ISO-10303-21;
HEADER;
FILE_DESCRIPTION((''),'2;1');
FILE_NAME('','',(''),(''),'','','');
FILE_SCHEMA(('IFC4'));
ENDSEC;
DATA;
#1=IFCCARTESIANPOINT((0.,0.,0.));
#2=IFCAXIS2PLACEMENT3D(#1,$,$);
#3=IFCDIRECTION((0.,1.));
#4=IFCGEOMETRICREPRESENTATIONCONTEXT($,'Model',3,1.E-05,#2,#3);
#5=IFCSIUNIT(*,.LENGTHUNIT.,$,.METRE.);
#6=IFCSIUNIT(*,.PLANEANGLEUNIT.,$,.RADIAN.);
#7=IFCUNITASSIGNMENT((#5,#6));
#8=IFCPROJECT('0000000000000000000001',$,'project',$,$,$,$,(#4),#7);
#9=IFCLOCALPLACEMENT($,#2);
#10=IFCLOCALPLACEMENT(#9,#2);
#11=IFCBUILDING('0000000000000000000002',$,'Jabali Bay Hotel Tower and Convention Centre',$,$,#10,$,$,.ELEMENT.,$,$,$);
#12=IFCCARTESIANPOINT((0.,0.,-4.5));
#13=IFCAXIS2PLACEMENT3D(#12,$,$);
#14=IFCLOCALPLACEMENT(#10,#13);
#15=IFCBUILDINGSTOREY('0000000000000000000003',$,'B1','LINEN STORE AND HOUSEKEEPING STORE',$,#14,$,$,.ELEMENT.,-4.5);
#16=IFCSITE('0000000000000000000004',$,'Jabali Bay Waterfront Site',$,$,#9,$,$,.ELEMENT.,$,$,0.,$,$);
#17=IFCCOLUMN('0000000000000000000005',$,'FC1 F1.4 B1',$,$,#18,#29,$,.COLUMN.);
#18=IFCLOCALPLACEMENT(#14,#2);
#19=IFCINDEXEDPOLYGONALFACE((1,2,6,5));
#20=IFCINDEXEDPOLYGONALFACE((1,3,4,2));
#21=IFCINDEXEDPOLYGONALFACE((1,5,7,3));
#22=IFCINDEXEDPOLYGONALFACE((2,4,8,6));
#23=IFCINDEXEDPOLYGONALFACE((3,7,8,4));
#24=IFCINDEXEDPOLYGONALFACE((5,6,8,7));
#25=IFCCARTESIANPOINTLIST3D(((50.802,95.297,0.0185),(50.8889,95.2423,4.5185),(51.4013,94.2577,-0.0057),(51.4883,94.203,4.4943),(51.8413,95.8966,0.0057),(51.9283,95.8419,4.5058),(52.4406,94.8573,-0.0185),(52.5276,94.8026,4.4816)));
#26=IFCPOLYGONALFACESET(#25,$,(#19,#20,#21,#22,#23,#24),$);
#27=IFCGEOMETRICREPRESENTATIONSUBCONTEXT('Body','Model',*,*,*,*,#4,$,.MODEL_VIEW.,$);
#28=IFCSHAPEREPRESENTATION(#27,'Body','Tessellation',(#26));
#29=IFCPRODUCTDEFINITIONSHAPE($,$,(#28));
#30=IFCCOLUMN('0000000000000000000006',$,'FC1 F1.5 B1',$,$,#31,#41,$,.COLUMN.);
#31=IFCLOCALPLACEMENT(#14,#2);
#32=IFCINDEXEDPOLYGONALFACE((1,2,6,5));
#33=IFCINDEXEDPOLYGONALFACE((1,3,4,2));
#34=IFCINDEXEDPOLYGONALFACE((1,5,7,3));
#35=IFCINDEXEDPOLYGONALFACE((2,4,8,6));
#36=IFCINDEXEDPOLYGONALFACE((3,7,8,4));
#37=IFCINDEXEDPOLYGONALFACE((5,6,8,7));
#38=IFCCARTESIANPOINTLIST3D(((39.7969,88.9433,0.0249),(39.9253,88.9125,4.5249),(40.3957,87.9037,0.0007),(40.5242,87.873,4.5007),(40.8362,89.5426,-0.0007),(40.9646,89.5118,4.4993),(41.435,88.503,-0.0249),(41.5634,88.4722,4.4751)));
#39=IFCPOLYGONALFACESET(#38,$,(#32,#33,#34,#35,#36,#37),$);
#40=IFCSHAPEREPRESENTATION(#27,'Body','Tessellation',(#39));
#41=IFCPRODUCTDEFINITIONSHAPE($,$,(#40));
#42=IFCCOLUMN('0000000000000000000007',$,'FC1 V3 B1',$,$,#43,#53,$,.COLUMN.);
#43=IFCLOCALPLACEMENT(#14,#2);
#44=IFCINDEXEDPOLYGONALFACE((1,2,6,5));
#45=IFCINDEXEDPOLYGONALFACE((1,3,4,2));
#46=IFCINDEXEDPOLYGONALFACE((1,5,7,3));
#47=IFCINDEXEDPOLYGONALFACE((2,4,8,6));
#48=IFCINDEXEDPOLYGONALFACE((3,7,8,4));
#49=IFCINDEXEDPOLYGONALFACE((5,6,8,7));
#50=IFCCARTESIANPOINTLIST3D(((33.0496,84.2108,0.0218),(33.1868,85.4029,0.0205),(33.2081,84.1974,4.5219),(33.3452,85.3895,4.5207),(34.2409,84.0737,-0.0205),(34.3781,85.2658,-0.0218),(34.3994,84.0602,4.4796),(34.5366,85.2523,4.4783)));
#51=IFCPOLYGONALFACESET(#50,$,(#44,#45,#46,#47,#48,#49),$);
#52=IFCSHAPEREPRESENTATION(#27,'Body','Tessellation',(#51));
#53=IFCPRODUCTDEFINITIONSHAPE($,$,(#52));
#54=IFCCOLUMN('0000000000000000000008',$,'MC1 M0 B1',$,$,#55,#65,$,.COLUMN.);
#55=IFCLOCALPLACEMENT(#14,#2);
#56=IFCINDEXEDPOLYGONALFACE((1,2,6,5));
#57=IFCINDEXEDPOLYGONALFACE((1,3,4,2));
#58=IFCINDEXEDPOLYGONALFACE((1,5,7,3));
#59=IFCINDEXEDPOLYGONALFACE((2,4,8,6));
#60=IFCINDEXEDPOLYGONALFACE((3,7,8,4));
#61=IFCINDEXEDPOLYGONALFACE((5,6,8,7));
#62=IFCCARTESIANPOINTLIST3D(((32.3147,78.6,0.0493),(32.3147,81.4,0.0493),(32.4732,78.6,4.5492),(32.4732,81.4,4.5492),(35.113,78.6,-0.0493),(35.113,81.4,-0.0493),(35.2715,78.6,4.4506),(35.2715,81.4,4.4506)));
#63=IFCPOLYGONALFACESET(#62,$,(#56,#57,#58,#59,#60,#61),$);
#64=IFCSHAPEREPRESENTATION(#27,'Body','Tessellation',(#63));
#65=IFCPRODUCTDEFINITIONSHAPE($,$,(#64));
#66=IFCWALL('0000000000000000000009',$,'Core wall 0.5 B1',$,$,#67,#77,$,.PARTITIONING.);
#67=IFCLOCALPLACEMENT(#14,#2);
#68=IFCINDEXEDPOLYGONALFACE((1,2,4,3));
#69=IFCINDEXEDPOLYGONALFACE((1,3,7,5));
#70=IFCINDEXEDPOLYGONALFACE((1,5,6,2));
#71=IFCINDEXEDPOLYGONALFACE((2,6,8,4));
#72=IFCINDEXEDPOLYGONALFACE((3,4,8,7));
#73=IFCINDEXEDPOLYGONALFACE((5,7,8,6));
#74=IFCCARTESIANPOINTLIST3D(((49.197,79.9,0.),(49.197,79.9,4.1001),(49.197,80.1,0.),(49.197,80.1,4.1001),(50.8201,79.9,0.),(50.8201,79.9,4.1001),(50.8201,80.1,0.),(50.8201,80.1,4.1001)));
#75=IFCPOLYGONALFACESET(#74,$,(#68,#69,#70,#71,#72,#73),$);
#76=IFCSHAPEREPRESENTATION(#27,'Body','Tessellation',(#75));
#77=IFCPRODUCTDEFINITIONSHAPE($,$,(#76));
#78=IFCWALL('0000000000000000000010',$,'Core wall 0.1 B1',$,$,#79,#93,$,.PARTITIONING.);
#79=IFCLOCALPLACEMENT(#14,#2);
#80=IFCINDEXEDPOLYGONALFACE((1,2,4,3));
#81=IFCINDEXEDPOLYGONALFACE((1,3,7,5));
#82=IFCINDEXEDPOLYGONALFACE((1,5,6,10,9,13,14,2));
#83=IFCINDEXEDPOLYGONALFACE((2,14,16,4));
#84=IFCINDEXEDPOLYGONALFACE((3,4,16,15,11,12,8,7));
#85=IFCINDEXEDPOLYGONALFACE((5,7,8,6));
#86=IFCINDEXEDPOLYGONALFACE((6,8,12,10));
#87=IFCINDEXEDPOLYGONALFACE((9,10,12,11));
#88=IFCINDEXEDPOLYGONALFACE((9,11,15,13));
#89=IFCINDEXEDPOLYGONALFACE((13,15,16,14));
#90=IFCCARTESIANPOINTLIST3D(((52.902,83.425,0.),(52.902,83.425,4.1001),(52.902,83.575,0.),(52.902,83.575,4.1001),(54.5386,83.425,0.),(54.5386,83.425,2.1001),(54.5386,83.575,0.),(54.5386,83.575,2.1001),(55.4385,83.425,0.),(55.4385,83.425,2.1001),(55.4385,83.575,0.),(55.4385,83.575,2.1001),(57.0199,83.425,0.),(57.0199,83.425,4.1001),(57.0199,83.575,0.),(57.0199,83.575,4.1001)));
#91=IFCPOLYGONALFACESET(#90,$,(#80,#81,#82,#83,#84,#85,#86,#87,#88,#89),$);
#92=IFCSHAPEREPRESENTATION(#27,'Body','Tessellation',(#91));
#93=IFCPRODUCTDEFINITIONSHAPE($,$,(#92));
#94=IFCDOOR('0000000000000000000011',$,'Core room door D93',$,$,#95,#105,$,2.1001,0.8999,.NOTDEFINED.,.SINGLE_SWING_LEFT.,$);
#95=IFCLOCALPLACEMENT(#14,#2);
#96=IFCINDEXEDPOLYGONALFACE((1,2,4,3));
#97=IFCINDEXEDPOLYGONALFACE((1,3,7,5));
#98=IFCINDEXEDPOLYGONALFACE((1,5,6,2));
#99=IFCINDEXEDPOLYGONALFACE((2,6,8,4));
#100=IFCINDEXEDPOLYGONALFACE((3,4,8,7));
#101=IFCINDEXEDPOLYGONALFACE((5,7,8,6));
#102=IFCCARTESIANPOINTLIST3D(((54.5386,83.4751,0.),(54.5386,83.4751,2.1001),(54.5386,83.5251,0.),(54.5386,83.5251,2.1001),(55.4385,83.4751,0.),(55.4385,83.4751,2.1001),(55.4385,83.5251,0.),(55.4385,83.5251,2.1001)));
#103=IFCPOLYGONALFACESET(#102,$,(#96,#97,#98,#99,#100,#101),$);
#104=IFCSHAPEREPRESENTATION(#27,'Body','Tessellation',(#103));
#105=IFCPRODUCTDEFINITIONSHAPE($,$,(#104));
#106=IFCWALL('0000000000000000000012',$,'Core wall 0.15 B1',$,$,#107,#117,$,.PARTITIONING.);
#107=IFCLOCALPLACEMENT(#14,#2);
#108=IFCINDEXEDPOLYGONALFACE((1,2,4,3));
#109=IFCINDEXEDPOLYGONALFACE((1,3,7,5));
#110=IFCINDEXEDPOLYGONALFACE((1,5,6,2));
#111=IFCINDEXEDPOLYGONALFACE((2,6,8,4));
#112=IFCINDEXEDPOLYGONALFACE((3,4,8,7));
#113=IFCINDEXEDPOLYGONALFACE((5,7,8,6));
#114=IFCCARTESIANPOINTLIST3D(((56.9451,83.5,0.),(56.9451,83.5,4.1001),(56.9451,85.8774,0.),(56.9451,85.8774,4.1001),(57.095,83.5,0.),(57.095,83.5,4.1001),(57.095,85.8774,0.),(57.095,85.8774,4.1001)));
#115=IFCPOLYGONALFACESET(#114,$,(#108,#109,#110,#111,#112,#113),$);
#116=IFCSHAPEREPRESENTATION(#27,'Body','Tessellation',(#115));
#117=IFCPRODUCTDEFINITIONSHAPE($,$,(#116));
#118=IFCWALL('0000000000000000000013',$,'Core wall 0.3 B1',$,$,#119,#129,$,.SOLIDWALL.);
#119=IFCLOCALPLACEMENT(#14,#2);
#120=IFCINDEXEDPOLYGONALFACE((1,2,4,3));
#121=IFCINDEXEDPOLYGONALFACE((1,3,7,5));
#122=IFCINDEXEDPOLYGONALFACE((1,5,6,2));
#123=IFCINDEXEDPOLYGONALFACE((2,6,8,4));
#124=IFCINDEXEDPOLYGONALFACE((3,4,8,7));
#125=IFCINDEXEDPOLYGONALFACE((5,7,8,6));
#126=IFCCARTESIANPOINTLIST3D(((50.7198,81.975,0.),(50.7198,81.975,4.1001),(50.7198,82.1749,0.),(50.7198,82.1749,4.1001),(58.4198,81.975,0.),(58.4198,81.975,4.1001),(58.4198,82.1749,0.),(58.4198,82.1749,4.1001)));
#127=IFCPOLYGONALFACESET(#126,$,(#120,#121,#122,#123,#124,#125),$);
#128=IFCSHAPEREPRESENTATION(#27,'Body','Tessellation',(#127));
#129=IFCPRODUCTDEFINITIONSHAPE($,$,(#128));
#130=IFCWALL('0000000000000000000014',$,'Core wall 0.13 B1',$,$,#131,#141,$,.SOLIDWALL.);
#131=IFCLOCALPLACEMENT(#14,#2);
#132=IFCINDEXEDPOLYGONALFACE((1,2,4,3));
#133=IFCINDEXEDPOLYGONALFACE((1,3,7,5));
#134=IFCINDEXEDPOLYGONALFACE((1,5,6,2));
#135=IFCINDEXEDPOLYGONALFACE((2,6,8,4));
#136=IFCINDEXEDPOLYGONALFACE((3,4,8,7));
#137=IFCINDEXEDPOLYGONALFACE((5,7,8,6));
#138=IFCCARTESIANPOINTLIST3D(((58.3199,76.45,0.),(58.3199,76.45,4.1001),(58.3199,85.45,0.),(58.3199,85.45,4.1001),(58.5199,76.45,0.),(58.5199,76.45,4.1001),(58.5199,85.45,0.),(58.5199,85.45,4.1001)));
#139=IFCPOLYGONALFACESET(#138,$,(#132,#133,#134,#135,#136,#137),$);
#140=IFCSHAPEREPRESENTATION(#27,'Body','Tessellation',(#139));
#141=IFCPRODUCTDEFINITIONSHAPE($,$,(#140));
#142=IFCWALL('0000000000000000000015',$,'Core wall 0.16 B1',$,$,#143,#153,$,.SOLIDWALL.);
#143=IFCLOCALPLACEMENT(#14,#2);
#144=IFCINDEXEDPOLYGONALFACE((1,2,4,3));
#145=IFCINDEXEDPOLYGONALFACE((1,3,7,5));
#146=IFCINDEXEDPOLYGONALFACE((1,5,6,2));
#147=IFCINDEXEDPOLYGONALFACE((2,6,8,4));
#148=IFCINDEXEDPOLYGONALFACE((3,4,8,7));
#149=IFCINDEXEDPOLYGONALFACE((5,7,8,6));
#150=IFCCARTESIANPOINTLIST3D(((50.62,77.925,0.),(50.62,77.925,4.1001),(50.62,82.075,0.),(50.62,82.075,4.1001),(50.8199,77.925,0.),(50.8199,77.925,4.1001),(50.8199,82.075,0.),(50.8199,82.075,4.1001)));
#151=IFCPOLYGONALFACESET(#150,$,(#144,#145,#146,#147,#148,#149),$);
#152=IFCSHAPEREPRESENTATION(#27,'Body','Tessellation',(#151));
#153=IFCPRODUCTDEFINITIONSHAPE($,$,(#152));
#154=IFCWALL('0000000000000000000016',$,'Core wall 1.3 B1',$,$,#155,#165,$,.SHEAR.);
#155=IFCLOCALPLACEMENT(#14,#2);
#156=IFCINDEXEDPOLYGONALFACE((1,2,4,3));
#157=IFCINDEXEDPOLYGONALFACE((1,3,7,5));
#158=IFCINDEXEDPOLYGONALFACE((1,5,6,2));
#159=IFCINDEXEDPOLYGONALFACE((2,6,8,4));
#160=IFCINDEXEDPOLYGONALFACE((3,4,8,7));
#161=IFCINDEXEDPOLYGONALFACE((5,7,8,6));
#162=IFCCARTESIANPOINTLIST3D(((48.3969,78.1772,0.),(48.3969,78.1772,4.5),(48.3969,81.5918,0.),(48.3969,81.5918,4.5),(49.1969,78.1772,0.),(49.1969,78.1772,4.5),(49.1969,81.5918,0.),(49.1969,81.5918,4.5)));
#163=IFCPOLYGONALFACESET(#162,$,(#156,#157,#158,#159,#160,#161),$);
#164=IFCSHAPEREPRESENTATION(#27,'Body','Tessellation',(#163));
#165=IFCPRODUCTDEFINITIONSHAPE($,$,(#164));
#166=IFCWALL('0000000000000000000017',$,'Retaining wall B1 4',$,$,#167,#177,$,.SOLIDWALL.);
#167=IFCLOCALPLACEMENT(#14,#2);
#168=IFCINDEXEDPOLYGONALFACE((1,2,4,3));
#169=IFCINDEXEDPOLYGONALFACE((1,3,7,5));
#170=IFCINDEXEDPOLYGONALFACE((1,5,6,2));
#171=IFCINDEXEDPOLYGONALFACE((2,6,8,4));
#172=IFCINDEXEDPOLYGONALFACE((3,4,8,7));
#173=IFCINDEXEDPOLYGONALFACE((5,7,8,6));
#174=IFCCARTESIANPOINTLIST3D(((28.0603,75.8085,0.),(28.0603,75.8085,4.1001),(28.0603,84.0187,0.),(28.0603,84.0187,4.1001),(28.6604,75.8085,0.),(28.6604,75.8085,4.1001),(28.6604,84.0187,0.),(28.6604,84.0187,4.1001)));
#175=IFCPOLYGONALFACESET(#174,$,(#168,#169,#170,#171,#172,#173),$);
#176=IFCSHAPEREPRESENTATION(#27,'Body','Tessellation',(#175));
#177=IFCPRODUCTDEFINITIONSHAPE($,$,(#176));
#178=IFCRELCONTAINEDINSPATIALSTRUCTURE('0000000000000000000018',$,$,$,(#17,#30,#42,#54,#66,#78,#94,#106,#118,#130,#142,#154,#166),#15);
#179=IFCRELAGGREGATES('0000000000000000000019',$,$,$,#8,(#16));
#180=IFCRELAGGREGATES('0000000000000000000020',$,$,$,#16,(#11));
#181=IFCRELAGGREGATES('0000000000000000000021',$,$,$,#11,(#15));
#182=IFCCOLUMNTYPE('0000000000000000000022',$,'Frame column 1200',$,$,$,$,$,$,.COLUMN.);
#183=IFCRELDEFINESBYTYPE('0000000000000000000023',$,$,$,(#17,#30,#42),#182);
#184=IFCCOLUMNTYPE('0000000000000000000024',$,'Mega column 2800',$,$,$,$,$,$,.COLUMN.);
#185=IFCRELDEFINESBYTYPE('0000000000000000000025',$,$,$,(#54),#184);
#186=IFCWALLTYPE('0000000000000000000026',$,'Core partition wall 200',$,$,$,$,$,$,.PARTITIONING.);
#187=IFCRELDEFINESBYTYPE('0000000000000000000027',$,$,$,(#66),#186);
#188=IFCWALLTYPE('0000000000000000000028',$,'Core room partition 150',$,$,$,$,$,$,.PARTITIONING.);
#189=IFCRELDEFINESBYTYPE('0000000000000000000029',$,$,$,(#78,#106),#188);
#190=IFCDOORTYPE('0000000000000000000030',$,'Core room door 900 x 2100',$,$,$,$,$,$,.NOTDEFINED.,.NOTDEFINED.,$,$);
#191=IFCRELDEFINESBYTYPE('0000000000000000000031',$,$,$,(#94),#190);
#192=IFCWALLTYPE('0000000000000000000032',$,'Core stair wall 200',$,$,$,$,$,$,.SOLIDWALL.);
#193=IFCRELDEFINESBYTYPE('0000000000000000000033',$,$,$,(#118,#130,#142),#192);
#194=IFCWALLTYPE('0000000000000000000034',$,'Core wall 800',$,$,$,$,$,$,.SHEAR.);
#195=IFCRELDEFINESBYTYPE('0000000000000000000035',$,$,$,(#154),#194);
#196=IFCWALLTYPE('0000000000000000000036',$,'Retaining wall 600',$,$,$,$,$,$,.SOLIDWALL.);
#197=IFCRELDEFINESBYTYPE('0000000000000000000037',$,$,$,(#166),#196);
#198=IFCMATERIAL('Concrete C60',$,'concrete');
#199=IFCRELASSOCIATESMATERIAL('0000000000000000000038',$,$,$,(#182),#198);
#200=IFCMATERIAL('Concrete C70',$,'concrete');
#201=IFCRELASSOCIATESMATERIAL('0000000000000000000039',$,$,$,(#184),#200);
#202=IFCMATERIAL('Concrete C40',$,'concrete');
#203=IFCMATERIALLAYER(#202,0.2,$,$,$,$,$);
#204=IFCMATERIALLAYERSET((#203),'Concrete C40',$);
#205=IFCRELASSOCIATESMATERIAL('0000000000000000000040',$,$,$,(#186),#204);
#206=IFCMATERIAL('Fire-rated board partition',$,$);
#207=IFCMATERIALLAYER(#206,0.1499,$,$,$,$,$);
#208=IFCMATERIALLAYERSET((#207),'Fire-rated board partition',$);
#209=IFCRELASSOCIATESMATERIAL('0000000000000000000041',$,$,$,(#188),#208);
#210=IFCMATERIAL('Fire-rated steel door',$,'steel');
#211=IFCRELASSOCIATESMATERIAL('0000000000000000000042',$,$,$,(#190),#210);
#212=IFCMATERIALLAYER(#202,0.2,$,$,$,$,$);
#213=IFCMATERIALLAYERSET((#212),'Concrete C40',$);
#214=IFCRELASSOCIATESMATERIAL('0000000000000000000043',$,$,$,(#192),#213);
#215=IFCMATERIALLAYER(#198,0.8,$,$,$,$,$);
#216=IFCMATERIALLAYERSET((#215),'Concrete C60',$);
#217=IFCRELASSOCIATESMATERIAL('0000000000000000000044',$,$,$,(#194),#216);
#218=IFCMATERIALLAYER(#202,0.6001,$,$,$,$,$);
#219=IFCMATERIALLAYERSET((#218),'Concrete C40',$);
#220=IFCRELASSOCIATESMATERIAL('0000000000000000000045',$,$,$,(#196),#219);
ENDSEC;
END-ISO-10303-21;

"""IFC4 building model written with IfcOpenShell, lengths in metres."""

from ifc_helpers import new_model, si_unit, direction, frame, frame_2d, origin, origin_2d, place, context, subcontext, project, spatial, rectangle, extrude, material, layer, layer_set, material_profile, profile_set, type_object, element, fill, save


model = new_model("IFC4")

# Units and contexts
model_context = context("Model", 3, precision=1e-05, world=origin(), true_north=direction((0.0, 1.0)))
body_context = subcontext(model_context, "Body", "Model", "MODEL_VIEW")
ifc_project = project(units=[si_unit("LENGTHUNIT", "METRE"), si_unit("PLANEANGLEUNIT", "RADIAN")], contexts=[model_context])

# Site, building, storey
site_placement = place(None, origin())
site = spatial("IfcSite", under=ifc_project, at=site_placement, Name="Jabali Bay Waterfront Site", CompositionType="ELEMENT", RefElevation=0.0)
building_placement = place(site_placement, origin())
building = spatial("IfcBuilding", under=site, at=building_placement, Name="Jabali Bay Hotel Tower and Convention Centre", CompositionType="ELEMENT")
storey_placement = place(building_placement, frame((0.0, 0.0, -4.5)))
storey = spatial("IfcBuildingStorey", under=building, at=storey_placement, Name="B1", Description="LINEN STORE AND HOUSEKEEPING STORE", CompositionType="ELEMENT", Elevation=-4.5)

# Columns
ifc_material_1 = material(Name="Concrete C60", Category="concrete")
ifc_material_profile_1 = material_profile(ifc_material_1, rectangle(XDim=1.2, YDim=1.2, at=origin_2d()), Name="Frame column 1200")
ifc_profile_set_1 = profile_set([ifc_material_profile_1], Name="Concrete C60")
column_type_1 = type_object("IfcColumnType", Name="Frame column 1200", PredefinedType="COLUMN", material=ifc_profile_set_1)
column_1_placement = place(storey_placement, frame((51.6213, 95.0771, 0.0), z_axis=(0.019309, -0.01215, 0.99974), x_axis=(-0.499446, 0.86611, 0.020172)))
element("IfcColumn", 1, at=column_1_placement, inside=storey, type_object=column_type_1, Name="FC1 F1.4 B1", PredefinedType="COLUMN", context=body_context, shape_type="SweptSolid", body=[
    extrude(rectangle(XDim=1.2, YDim=1.2, at=origin_2d()), origin(), (0.0, 0.0, 1.0), 4.5012),
])
column_2_placement = place(storey_placement, frame((40.616, 88.7231, 0.0), z_axis=(0.028525, -0.006833, 0.99957), x_axis=(-0.499038, 0.866346, 0.020163)))
element("IfcColumn", 2, at=column_2_placement, inside=storey, type_object=column_type_1, Name="FC1 F1.5 B1", PredefinedType="COLUMN", context=body_context, shape_type="SweptSolid", body=[
    extrude(rectangle(XDim=1.2, YDim=1.2, at=origin_2d()), origin(), (0.0, 0.0, 1.0), 4.502),
])
column_3_placement = place(storey_placement, frame((33.7139, 84.7383, 0.0), z_axis=(0.035189, -0.002982, 0.999376), x_axis=(-0.992821, 0.114282, 0.035299)))
element("IfcColumn", 3, at=column_3_placement, inside=storey, type_object=column_type_1, Name="FC1 V3 B1", PredefinedType="COLUMN", context=body_context, shape_type="SweptSolid", body=[
    extrude(rectangle(XDim=1.2, YDim=1.2, at=origin_2d()), origin(), (0.0, 0.0, 1.0), 4.5029),
])
ifc_material_2 = material(Name="Concrete C70", Category="concrete")
ifc_material_profile_2 = material_profile(ifc_material_2, rectangle(XDim=2.8, YDim=2.8, at=origin_2d()), Name="Mega column 2800")
ifc_profile_set_2 = profile_set([ifc_material_profile_2], Name="Concrete C70")
column_type_2 = type_object("IfcColumnType", Name="Mega column 2800", PredefinedType="COLUMN", material=ifc_profile_set_2)
column_4_placement = place(storey_placement, frame((33.7139, 80.0, 0.0), z_axis=(0.035189, 0.0, 0.999381), x_axis=(0.0, 1.0, 0.0)))
element("IfcColumn", 4, at=column_4_placement, inside=storey, type_object=column_type_2, Name="MC1 M0 B1", PredefinedType="COLUMN", context=body_context, shape_type="SweptSolid", body=[
    extrude(rectangle(XDim=2.8, YDim=2.8, at=origin_2d()), origin(), (0.0, 0.0, 1.0), 4.5027),
])

# Wall
ifc_material_3 = material(Name="Concrete C40", Category="concrete")
ifc_layer_1 = layer(ifc_material_3, 0.2)
ifc_layer_set_1 = layer_set([ifc_layer_1], Name="Concrete C40")
wall_type_1 = type_object("IfcWallType", Name="Core partition wall 200", PredefinedType="PARTITIONING", material=ifc_layer_set_1)
wall_1_placement = place(storey_placement, frame((50.8201, 80.0, 0.0), z_axis=(0.0, 0.0, 1.0), x_axis=(-1.0, 0.0, 0.0)))
element("IfcWall", 5, at=wall_1_placement, inside=storey, type_object=wall_type_1, Name="Core wall 0.5 B1", PredefinedType="PARTITIONING", context=body_context, shape_type="SweptSolid", body=[
    extrude(rectangle(XDim=1.623, YDim=0.2, at=frame_2d((0.8115, 0.0))), origin(), (0.0, 0.0, 1.0), 4.1001),
])

# Wall, opening, door
ifc_material_4 = material(Name="Fire-rated board partition")
ifc_layer_2 = layer(ifc_material_4, 0.1499)
ifc_layer_set_2 = layer_set([ifc_layer_2], Name="Fire-rated board partition")
wall_type_2 = type_object("IfcWallType", Name="Core room partition 150", PredefinedType="PARTITIONING", material=ifc_layer_set_2)
wall_2_placement = place(storey_placement, frame((57.02, 83.5, 0.0), z_axis=(0.0, 0.0, 1.0), x_axis=(-1.0, 0.0, 0.0)))
wall_2 = element("IfcWall", 6, at=wall_2_placement, inside=storey, type_object=wall_type_2, Name="Core wall 0.1 B1", PredefinedType="PARTITIONING", context=body_context, shape_type="SweptSolid", body=[
    extrude(rectangle(XDim=4.1179, YDim=0.1499, at=frame_2d((2.0591, 0.0))), origin(), (0.0, 0.0, 1.0), 4.1001),
])
opening_placement = place(wall_2_placement, frame((1.5815, 0.0, 0.0)))
opening = element("IfcOpeningElement", 7, at=opening_placement, cuts=wall_2, PredefinedType="OPENING", context=body_context, shape_type="SweptSolid", body=[
    extrude(rectangle(XDim=0.8999, YDim=2.1001, at=frame_2d((0.45, 1.05))), frame((0.0, 0.0854, 0.0), z_axis=(0.0, -1.0, 0.0), x_axis=(1.0, 0.0, 0.0)), (0.0, 0.0, 1.0), 0.1709),
])
ifc_material_5 = material(Name="Fire-rated steel door", Category="steel")
door_type = type_object("IfcDoorType", Name="Core room door 900 x 2100", OperationType="NOTDEFINED", PredefinedType="NOTDEFINED", material=ifc_material_5)
door_placement = place(opening_placement, origin())
door = element("IfcDoor", 8, at=door_placement, inside=storey, type_object=door_type, Name="Core room door D93", OperationType="SINGLE_SWING_LEFT", OverallHeight=2.1001, OverallWidth=0.8999, PredefinedType="NOTDEFINED", context=body_context, shape_type="SweptSolid", body=[
    extrude(rectangle(XDim=0.8999, YDim=2.1001, at=frame_2d((0.45, 1.05))), frame((0.0, 0.0249, 0.0), z_axis=(0.0, -1.0, 0.0), x_axis=(1.0, 0.0, 0.0)), (0.0, 0.0, 1.0), 0.05),
])
fill(opening, door)

# Walls
wall_3_placement = place(storey_placement, frame((57.02, 85.8774, 0.0), z_axis=(0.0, 0.0, 1.0), x_axis=(0.0, -1.0, 0.0)))
element("IfcWall", 9, at=wall_3_placement, inside=storey, type_object=wall_type_2, Name="Core wall 0.15 B1", PredefinedType="PARTITIONING", context=body_context, shape_type="SweptSolid", body=[
    extrude(rectangle(XDim=2.3774, YDim=0.1499, at=frame_2d((1.1887, 0.0))), origin(), (0.0, 0.0, 1.0), 4.1001),
])
ifc_layer_3 = layer(ifc_material_3, 0.2)
ifc_layer_set_3 = layer_set([ifc_layer_3], Name="Concrete C40")
wall_type_3 = type_object("IfcWallType", Name="Core stair wall 200", PredefinedType="SOLIDWALL", material=ifc_layer_set_3)
wall_4_placement = place(storey_placement, frame((58.4199, 82.075, 0.0), z_axis=(0.0, 0.0, 1.0), x_axis=(-1.0, 0.0, 0.0)))
element("IfcWall", 10, at=wall_4_placement, inside=storey, type_object=wall_type_3, Name="Core wall 0.3 B1", PredefinedType="SOLIDWALL", context=body_context, shape_type="SweptSolid", body=[
    extrude(rectangle(XDim=7.7, YDim=0.2, at=frame_2d((3.8501, 0.0))), origin(), (0.0, 0.0, 1.0), 4.1001),
])
wall_5_placement = place(storey_placement, frame((58.4199, 85.45, 0.0), z_axis=(0.0, 0.0, 1.0), x_axis=(0.0, -1.0, 0.0)))
element("IfcWall", 11, at=wall_5_placement, inside=storey, type_object=wall_type_3, Name="Core wall 0.13 B1", PredefinedType="SOLIDWALL", context=body_context, shape_type="SweptSolid", body=[
    extrude(rectangle(XDim=9.0, YDim=0.2, at=frame_2d((4.5, 0.0))), origin(), (0.0, 0.0, 1.0), 4.1001),
])
wall_6_placement = place(storey_placement, frame((50.72, 82.075, 0.0), z_axis=(0.0, 0.0, 1.0), x_axis=(0.0, -1.0, 0.0)))
element("IfcWall", 12, at=wall_6_placement, inside=storey, type_object=wall_type_3, Name="Core wall 0.16 B1", PredefinedType="SOLIDWALL", context=body_context, shape_type="SweptSolid", body=[
    extrude(rectangle(XDim=4.1499, YDim=0.2, at=frame_2d((2.075, 0.0))), origin(), (0.0, 0.0, 1.0), 4.1001),
])
ifc_layer_4 = layer(ifc_material_1, 0.8)
ifc_layer_set_4 = layer_set([ifc_layer_4], Name="Concrete C60")
wall_type_4 = type_object("IfcWallType", Name="Core wall 800", PredefinedType="SHEAR", material=ifc_layer_set_4)
wall_7_placement = place(storey_placement, frame((48.7969, 81.5918, 0.0), z_axis=(0.0, 0.0, 1.0), x_axis=(0.0, -1.0, 0.0)))
element("IfcWall", 13, at=wall_7_placement, inside=storey, type_object=wall_type_4, Name="Core wall 1.3 B1", PredefinedType="SHEAR", context=body_context, shape_type="SweptSolid", body=[
    extrude(rectangle(XDim=3.4146, YDim=0.8, at=frame_2d((1.7073, 0.0))), origin(), (0.0, 0.0, 1.0), 4.5),
])
ifc_layer_5 = layer(ifc_material_3, 0.6001)
ifc_layer_set_5 = layer_set([ifc_layer_5], Name="Concrete C40")
wall_type_5 = type_object("IfcWallType", Name="Retaining wall 600", PredefinedType="SOLIDWALL", material=ifc_layer_set_5)
wall_8_placement = place(storey_placement, frame((28.3604, 84.0186, 0.0), z_axis=(0.0, 0.0, 1.0), x_axis=(0.0, -1.0, 0.0)))
element("IfcWall", 14, at=wall_8_placement, inside=storey, type_object=wall_type_5, Name="Retaining wall B1 4", PredefinedType="SOLIDWALL", context=body_context, shape_type="SweptSolid", body=[
    extrude(rectangle(XDim=8.2102, YDim=0.6001, at=frame_2d((4.105, 0.0))), origin(), (0.0, 0.0, 1.0), 4.1001),
])

save(model, "model.ifc")
